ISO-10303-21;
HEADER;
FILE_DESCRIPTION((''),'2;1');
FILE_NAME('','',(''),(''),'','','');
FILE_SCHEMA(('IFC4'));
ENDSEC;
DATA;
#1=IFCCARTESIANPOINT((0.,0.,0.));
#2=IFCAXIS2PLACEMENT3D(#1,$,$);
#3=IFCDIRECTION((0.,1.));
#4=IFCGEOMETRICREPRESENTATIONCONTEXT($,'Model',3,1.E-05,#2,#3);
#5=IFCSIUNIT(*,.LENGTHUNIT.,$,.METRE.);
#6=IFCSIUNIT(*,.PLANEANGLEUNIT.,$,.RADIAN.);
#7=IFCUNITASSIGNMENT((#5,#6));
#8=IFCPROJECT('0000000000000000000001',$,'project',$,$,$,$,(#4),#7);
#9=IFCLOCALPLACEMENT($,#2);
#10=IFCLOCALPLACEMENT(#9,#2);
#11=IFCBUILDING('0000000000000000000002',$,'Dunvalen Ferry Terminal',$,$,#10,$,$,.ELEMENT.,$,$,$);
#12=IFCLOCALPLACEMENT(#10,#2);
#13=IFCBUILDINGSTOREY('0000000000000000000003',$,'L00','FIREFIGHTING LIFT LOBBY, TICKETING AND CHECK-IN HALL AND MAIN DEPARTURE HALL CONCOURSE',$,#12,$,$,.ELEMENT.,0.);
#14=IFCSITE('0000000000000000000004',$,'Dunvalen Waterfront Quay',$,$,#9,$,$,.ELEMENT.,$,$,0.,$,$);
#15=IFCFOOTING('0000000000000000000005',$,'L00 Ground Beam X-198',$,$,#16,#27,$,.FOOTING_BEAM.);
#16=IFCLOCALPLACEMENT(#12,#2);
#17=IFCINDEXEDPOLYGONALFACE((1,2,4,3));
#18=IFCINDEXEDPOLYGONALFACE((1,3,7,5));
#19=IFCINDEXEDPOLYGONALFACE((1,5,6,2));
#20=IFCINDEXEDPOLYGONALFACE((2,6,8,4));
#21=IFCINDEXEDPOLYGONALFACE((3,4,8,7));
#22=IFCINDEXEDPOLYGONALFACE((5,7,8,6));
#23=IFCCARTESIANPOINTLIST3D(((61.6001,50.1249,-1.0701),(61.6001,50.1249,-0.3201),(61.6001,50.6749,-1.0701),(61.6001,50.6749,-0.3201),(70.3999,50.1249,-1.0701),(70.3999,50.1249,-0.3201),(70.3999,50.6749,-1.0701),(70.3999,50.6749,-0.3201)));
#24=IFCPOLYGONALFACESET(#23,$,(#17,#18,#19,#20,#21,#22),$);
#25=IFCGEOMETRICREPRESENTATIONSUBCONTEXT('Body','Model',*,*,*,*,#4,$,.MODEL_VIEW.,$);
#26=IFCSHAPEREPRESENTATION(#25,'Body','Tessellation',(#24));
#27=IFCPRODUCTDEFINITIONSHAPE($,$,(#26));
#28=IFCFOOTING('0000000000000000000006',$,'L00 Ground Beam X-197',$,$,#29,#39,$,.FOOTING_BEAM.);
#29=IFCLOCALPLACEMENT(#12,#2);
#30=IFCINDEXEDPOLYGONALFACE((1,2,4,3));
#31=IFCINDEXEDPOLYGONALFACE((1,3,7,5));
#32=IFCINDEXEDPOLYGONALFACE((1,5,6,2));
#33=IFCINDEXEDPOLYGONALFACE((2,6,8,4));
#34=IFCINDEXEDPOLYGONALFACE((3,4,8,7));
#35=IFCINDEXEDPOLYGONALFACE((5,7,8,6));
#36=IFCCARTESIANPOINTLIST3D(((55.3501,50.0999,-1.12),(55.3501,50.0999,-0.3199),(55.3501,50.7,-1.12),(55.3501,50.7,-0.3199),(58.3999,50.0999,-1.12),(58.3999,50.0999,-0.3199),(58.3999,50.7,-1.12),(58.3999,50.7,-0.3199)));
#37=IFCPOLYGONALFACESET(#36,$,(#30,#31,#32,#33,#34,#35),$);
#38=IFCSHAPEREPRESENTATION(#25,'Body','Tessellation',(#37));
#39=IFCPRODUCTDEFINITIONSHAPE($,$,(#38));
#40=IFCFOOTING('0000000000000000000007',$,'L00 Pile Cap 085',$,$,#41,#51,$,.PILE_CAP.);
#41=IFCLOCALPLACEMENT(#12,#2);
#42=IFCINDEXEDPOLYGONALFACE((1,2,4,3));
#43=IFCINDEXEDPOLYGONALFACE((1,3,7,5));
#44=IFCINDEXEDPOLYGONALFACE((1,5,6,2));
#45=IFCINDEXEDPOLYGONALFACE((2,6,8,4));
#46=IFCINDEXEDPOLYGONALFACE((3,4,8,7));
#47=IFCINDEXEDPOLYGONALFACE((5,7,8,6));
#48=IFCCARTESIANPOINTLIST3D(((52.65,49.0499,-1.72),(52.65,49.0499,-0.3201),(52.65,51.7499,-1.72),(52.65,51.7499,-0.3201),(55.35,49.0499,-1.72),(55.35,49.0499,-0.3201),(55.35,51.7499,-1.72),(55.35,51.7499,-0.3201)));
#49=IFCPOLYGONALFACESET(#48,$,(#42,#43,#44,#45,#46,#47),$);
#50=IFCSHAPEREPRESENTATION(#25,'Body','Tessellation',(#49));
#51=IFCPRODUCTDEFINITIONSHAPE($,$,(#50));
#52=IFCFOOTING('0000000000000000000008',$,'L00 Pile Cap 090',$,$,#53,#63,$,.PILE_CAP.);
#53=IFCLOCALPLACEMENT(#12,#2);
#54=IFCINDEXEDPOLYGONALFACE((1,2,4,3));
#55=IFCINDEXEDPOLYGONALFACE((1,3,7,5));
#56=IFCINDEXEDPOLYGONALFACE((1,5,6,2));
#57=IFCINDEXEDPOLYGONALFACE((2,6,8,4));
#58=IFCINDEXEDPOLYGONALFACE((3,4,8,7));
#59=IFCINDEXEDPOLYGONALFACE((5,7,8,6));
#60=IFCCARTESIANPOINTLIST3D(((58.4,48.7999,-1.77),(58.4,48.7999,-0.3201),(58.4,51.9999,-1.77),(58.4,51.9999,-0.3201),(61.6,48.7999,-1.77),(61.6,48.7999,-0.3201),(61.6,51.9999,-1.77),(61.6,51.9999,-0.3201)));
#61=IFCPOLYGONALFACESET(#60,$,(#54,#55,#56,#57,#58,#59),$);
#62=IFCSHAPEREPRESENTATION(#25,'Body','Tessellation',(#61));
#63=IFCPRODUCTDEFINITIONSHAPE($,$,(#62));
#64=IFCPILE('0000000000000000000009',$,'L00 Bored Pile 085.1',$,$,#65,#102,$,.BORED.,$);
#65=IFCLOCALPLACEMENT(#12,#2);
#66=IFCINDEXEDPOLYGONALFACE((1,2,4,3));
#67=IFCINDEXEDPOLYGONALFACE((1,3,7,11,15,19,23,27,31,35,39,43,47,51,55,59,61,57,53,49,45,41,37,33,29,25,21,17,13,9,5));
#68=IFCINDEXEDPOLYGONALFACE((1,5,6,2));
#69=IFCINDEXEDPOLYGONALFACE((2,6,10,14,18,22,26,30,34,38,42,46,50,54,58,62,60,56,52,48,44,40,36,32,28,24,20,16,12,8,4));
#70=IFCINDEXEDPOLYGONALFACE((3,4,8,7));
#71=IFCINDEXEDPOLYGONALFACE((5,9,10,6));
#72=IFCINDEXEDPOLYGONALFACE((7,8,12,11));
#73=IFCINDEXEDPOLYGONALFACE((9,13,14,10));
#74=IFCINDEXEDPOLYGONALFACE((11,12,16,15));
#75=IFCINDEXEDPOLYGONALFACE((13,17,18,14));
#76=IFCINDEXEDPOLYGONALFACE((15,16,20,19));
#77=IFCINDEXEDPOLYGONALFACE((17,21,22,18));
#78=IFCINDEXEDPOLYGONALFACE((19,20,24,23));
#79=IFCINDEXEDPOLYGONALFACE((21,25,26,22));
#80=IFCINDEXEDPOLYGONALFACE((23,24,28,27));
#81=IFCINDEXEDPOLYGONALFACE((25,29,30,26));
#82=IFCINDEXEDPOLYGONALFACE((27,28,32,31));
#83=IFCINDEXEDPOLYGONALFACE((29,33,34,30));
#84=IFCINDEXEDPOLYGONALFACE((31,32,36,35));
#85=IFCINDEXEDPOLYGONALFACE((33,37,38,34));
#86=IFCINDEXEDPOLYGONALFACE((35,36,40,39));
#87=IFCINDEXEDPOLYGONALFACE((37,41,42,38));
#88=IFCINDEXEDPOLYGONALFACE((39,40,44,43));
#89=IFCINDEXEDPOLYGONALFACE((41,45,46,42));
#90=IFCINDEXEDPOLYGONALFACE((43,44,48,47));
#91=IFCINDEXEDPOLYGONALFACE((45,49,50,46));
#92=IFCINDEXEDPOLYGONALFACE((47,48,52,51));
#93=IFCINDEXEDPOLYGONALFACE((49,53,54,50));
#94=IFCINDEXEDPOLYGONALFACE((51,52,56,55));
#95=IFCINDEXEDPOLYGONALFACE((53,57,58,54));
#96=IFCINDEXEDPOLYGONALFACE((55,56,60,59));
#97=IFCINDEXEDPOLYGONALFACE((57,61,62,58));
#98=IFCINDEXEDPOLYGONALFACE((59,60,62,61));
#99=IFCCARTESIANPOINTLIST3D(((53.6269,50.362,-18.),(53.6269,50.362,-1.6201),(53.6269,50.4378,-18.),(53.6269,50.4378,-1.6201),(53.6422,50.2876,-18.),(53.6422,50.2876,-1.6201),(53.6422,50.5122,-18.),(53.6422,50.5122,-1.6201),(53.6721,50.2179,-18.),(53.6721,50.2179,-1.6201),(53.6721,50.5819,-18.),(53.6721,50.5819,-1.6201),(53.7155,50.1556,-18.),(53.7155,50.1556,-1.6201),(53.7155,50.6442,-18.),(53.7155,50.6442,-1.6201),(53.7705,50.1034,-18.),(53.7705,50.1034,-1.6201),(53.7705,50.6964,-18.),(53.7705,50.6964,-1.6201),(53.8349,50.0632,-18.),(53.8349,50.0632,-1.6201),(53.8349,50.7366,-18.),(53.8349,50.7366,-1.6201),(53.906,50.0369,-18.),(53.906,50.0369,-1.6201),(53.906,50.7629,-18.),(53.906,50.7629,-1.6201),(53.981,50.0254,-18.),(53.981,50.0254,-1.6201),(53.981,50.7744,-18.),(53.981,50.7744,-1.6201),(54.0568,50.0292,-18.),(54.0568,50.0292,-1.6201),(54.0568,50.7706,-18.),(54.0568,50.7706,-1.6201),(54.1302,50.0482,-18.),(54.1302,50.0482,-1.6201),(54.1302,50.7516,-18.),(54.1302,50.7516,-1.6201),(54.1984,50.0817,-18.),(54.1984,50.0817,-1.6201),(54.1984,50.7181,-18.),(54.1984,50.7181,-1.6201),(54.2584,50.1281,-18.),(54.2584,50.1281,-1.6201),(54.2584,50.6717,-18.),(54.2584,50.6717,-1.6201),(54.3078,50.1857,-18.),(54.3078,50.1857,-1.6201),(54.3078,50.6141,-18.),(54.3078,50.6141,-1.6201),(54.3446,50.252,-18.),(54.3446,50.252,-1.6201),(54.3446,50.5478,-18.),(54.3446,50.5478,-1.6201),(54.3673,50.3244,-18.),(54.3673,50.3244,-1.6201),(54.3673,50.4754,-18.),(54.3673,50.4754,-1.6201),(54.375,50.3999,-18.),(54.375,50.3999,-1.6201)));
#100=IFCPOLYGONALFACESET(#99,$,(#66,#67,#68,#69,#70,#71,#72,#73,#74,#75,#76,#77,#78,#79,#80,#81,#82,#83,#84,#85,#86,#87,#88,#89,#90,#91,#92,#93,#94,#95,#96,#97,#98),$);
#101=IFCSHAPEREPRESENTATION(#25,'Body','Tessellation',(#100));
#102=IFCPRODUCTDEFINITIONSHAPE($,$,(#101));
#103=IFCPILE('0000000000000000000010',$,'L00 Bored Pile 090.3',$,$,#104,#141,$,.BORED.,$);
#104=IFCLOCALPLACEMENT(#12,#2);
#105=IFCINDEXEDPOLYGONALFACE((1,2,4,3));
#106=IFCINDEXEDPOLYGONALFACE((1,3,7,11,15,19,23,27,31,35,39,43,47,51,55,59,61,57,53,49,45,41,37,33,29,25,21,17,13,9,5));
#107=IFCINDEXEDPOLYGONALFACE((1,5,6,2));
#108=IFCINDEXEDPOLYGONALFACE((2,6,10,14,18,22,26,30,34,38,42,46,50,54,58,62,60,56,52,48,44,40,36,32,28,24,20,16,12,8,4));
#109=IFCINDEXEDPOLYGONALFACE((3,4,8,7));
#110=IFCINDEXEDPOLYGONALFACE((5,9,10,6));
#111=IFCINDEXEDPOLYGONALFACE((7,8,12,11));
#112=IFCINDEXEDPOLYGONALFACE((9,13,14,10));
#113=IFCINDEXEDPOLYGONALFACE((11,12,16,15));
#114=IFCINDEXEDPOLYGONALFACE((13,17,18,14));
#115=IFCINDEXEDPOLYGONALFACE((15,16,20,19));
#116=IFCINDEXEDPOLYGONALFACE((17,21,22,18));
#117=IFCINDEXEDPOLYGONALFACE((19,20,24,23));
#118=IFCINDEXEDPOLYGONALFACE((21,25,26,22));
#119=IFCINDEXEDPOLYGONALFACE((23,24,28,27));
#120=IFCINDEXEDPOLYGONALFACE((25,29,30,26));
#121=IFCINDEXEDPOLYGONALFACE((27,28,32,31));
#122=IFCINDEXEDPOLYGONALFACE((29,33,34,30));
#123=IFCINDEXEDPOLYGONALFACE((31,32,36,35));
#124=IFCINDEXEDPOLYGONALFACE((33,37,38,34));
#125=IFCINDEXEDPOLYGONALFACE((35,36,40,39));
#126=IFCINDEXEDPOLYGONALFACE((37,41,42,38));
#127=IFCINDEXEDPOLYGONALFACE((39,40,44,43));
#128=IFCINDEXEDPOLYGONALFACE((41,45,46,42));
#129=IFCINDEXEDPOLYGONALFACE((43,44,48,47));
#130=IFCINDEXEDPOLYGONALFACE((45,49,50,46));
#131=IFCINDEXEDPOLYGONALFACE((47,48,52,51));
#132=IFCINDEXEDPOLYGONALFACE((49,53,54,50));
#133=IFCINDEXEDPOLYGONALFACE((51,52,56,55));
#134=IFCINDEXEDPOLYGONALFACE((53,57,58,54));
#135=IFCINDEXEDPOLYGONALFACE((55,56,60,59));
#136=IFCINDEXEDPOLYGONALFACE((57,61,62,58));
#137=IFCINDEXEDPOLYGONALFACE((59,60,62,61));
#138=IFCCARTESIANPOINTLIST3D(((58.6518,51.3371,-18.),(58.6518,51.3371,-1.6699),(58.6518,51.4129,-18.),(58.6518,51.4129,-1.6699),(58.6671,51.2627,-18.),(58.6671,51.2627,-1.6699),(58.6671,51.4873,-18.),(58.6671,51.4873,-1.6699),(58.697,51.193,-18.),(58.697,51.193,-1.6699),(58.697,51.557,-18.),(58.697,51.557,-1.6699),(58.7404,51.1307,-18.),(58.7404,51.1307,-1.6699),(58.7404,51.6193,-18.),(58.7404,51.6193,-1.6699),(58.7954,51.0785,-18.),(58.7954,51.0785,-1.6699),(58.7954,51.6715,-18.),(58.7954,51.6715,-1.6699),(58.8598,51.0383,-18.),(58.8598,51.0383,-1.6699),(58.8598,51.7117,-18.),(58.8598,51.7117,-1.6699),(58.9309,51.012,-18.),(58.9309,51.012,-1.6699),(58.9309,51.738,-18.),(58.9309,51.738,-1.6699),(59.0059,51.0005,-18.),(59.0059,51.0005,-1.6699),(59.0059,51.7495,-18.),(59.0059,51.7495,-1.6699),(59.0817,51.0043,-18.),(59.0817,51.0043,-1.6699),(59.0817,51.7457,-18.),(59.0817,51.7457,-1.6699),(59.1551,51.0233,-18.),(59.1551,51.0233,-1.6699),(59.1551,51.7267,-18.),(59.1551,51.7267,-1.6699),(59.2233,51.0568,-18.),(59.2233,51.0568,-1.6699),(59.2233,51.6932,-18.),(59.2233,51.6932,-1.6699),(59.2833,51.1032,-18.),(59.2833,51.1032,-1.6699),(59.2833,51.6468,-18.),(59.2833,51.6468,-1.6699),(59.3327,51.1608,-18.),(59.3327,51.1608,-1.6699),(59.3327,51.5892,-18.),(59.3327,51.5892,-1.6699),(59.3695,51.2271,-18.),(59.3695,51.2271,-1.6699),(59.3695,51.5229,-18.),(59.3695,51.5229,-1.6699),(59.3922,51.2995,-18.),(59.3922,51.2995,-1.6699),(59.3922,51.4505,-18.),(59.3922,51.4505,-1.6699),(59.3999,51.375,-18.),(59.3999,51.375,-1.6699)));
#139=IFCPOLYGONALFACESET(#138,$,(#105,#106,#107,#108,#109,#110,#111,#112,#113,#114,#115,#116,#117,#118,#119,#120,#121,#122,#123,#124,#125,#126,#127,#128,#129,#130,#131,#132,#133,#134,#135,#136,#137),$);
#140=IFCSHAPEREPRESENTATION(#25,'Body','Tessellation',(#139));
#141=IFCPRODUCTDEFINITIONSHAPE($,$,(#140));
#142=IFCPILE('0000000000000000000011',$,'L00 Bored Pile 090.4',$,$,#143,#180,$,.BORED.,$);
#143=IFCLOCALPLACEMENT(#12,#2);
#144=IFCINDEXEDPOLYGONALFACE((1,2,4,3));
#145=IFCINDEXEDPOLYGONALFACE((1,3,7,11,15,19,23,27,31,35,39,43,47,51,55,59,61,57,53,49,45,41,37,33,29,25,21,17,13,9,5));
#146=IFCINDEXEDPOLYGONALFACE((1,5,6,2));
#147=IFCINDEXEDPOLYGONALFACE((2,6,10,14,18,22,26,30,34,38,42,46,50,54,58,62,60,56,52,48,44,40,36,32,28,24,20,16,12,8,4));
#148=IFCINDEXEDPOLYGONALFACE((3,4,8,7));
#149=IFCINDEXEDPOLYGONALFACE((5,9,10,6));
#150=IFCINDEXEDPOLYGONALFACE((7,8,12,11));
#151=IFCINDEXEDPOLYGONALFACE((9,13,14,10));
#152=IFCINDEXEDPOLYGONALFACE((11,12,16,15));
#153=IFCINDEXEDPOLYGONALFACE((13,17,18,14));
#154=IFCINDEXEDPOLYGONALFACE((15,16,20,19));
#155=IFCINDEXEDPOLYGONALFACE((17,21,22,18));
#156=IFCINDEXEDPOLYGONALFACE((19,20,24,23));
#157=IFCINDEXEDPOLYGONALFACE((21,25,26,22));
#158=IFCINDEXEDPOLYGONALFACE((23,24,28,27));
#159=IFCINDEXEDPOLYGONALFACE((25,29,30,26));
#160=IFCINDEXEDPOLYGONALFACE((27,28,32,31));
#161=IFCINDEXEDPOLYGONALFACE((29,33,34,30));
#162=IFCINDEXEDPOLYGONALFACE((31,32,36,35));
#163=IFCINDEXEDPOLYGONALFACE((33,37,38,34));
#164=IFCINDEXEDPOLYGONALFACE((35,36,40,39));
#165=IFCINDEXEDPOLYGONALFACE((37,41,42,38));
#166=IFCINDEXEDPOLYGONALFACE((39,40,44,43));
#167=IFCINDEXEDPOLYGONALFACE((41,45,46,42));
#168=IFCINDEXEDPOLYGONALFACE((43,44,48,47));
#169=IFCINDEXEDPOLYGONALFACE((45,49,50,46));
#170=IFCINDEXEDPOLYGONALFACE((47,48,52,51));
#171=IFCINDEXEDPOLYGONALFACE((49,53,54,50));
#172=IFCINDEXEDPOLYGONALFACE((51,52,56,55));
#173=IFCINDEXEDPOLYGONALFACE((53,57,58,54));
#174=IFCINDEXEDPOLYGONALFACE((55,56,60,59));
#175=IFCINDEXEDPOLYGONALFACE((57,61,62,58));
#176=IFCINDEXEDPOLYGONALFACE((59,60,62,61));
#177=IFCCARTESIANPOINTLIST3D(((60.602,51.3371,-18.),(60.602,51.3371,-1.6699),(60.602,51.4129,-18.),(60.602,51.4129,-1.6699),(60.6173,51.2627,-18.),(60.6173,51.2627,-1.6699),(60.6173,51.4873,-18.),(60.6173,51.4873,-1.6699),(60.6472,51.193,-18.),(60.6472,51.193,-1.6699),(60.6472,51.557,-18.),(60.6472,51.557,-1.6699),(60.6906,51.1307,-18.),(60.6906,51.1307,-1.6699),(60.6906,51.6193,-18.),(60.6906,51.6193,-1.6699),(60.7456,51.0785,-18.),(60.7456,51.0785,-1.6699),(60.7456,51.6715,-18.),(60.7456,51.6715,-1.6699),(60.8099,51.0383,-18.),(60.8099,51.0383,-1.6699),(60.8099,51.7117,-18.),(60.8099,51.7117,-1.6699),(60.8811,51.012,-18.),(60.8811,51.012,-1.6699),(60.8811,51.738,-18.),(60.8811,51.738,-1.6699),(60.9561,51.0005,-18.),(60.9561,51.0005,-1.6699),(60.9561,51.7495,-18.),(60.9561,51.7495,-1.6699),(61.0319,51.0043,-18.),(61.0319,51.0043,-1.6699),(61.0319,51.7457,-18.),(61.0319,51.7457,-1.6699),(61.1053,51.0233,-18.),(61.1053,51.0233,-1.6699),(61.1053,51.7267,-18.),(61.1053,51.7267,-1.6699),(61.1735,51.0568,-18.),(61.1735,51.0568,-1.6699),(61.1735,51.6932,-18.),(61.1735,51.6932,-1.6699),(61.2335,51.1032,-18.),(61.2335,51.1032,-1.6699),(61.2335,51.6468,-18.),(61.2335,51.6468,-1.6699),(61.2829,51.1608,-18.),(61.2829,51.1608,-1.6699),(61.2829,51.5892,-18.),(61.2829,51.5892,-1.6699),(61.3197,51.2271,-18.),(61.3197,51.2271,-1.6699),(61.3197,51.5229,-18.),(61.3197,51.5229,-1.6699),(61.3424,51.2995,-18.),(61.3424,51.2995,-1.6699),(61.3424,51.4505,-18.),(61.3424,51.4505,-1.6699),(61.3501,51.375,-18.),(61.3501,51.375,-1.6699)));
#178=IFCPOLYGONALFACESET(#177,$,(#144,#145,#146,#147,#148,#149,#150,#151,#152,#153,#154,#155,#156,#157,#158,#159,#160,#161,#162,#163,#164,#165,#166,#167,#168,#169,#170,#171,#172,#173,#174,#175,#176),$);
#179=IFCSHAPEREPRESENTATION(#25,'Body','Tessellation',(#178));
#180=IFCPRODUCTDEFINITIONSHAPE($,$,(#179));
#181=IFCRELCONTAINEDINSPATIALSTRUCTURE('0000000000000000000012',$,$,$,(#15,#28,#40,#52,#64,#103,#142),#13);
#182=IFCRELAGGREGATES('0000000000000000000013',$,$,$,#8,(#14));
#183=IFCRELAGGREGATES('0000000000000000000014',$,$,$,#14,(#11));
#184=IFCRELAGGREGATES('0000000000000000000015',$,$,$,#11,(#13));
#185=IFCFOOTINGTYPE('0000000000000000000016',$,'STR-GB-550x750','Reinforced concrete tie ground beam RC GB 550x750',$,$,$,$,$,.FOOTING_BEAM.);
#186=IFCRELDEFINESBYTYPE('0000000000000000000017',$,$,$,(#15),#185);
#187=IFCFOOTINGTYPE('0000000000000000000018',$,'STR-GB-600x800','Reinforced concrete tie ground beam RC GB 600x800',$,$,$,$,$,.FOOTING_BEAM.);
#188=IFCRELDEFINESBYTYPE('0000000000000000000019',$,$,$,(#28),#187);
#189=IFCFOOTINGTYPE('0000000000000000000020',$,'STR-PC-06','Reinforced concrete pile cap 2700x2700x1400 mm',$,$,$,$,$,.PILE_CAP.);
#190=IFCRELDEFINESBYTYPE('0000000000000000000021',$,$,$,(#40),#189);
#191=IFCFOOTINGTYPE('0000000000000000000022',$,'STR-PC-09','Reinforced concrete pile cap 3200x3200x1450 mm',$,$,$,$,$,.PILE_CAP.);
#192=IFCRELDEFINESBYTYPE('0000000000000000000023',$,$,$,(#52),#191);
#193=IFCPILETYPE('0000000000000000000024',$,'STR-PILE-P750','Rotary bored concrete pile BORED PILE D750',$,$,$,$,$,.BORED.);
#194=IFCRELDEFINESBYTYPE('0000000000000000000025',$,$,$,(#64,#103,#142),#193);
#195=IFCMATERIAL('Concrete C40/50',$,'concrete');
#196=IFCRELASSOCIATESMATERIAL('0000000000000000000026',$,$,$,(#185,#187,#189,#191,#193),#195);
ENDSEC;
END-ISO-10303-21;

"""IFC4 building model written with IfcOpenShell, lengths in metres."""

from ifc_helpers import new_model, si_unit, direction, frame, origin, origin_2d, place, context, subcontext, project, spatial, rectangle, circle, extrude, material, material_profile, profile_set, type_object, element, save


model = new_model("IFC4")

# Units and contexts
model_context = context("Model", 3, precision=1e-05, world=origin(), true_north=direction((0.0, 1.0)))
body_context = subcontext(model_context, "Body", "Model", "MODEL_VIEW")
ifc_project = project(units=[si_unit("LENGTHUNIT", "METRE"), si_unit("PLANEANGLEUNIT", "RADIAN")], contexts=[model_context])

# Site, building, storey
site_placement = place(None, origin())
site = spatial("IfcSite", under=ifc_project, at=site_placement, Name="Dunvalen Waterfront Quay", CompositionType="ELEMENT", RefElevation=0.0)
building_placement = place(site_placement, origin())
building = spatial("IfcBuilding", under=site, at=building_placement, Name="Dunvalen Ferry Terminal", CompositionType="ELEMENT")
storey_placement = place(building_placement, origin())
storey = spatial("IfcBuildingStorey", under=building, at=storey_placement, Name="L00", Description="FIREFIGHTING LIFT LOBBY, TICKETING AND CHECK-IN HALL AND MAIN DEPARTURE HALL CONCOURSE", CompositionType="ELEMENT", Elevation=0.0)

# Footings
ifc_material_1 = material(Name="Concrete C40/50", Category="concrete")
ifc_material_profile_1 = material_profile(ifc_material_1, rectangle(XDim=0.55, YDim=0.75, at=origin_2d()), Name="Concrete C40/50")
ifc_profile_set_1 = profile_set([ifc_material_profile_1], Name="Concrete C40/50")
footing_type_1 = type_object("IfcFootingType", Name="STR-GB-550x750", Description="Reinforced concrete tie ground beam RC GB 550x750", PredefinedType="FOOTING_BEAM", material=ifc_profile_set_1)
footing_1_placement = place(storey_placement, frame((61.6001, 50.3999, -0.6951), z_axis=(1.0, 0.0, 0.0), x_axis=(0.0, 1.0, 0.0)))
element("IfcFooting", 1, at=footing_1_placement, inside=storey, type_object=footing_type_1, Name="L00 Ground Beam X-198", PredefinedType="FOOTING_BEAM", context=body_context, shape_type="SweptSolid", body=[
    extrude(rectangle(XDim=0.55, YDim=0.75, at=origin_2d()), origin(), (0.0, 0.0, 1.0), 8.7998),
])
ifc_material_profile_2 = material_profile(ifc_material_1, rectangle(XDim=0.6001, YDim=0.8, at=origin_2d()), Name="Concrete C40/50")
ifc_profile_set_2 = profile_set([ifc_material_profile_2], Name="Concrete C40/50")
footing_type_2 = type_object("IfcFootingType", Name="STR-GB-600x800", Description="Reinforced concrete tie ground beam RC GB 600x800", PredefinedType="FOOTING_BEAM", material=ifc_profile_set_2)
footing_2_placement = place(storey_placement, frame((55.3501, 50.3999, -0.72), z_axis=(1.0, 0.0, 0.0), x_axis=(0.0, 1.0, 0.0)))
element("IfcFooting", 2, at=footing_2_placement, inside=storey, type_object=footing_type_2, Name="L00 Ground Beam X-197", PredefinedType="FOOTING_BEAM", context=body_context, shape_type="SweptSolid", body=[
    extrude(rectangle(XDim=0.6001, YDim=0.8, at=origin_2d()), origin(), (0.0, 0.0, 1.0), 3.0498),
])
footing_type_3 = type_object("IfcFootingType", Name="STR-PC-06", Description="Reinforced concrete pile cap 2700x2700x1400 mm", PredefinedType="PILE_CAP", material=ifc_material_1)
footing_3_placement = place(storey_placement, frame((54.0, 50.3999, -1.72), z_axis=(0.0, 0.0, 1.0), x_axis=(1.0, 0.0, 0.0)))
element("IfcFooting", 3, at=footing_3_placement, inside=storey, type_object=footing_type_3, Name="L00 Pile Cap 085", PredefinedType="PILE_CAP", context=body_context, shape_type="SweptSolid", body=[
    extrude(rectangle(XDim=2.7, YDim=2.7, at=origin_2d()), origin(), (0.0, 0.0, 1.0), 1.3999),
])
footing_type_4 = type_object("IfcFootingType", Name="STR-PC-09", Description="Reinforced concrete pile cap 3200x3200x1450 mm", PredefinedType="PILE_CAP", material=ifc_material_1)
footing_4_placement = place(storey_placement, frame((60.0, 50.3999, -1.77), z_axis=(0.0, 0.0, 1.0), x_axis=(1.0, 0.0, 0.0)))
element("IfcFooting", 4, at=footing_4_placement, inside=storey, type_object=footing_type_4, Name="L00 Pile Cap 090", PredefinedType="PILE_CAP", context=body_context, shape_type="SweptSolid", body=[
    extrude(rectangle(XDim=3.2, YDim=3.2, at=origin_2d()), origin(), (0.0, 0.0, 1.0), 1.45),
])

# Piles
ifc_material_profile_3 = material_profile(ifc_material_1, circle(Radius=0.375, at=origin_2d()), Name="Concrete C40/50")
ifc_profile_set_3 = profile_set([ifc_material_profile_3], Name="Concrete C40/50")
pile_type = type_object("IfcPileType", Name="STR-PILE-P750", Description="Rotary bored concrete pile BORED PILE D750", PredefinedType="BORED", material=ifc_profile_set_3)
pile_placement = place(storey_placement, frame((54.0, 50.3999, -1.6201), z_axis=(0.0, 0.0, -1.0), x_axis=(1.0, 0.0, 0.0)))
element("IfcPile", 5, at=pile_placement, inside=storey, type_object=pile_type, Name="L00 Bored Pile 085.1", PredefinedType="BORED", context=body_context, shape_type="SweptSolid", body=[
    extrude(circle(Radius=0.375, at=origin_2d()), origin(), (0.0, 0.0, 1.0), 16.3799),
])
for number, where, z_axis, x_axis, name in (
    (6, (59.0249, 51.375, -1.6699), (0.0, 0.0, -1.0), (1.0, 0.0, 0.0), "L00 Bored Pile 090.3"),
    (7, (60.9751, 51.375, -1.6699), (0.0, 0.0, -1.0), (1.0, 0.0, 0.0), "L00 Bored Pile 090.4"),
):
    element("IfcPile", number, at=place(storey_placement, frame(where, z_axis=z_axis, x_axis=x_axis)), inside=storey, type_object=pile_type, Name=name, PredefinedType="BORED", context=body_context, shape_type="SweptSolid", body=[
        extrude(circle(Radius=0.375, at=origin_2d()), origin(), (0.0, 0.0, 1.0), 16.3301),
    ])

save(model, "model.ifc")
